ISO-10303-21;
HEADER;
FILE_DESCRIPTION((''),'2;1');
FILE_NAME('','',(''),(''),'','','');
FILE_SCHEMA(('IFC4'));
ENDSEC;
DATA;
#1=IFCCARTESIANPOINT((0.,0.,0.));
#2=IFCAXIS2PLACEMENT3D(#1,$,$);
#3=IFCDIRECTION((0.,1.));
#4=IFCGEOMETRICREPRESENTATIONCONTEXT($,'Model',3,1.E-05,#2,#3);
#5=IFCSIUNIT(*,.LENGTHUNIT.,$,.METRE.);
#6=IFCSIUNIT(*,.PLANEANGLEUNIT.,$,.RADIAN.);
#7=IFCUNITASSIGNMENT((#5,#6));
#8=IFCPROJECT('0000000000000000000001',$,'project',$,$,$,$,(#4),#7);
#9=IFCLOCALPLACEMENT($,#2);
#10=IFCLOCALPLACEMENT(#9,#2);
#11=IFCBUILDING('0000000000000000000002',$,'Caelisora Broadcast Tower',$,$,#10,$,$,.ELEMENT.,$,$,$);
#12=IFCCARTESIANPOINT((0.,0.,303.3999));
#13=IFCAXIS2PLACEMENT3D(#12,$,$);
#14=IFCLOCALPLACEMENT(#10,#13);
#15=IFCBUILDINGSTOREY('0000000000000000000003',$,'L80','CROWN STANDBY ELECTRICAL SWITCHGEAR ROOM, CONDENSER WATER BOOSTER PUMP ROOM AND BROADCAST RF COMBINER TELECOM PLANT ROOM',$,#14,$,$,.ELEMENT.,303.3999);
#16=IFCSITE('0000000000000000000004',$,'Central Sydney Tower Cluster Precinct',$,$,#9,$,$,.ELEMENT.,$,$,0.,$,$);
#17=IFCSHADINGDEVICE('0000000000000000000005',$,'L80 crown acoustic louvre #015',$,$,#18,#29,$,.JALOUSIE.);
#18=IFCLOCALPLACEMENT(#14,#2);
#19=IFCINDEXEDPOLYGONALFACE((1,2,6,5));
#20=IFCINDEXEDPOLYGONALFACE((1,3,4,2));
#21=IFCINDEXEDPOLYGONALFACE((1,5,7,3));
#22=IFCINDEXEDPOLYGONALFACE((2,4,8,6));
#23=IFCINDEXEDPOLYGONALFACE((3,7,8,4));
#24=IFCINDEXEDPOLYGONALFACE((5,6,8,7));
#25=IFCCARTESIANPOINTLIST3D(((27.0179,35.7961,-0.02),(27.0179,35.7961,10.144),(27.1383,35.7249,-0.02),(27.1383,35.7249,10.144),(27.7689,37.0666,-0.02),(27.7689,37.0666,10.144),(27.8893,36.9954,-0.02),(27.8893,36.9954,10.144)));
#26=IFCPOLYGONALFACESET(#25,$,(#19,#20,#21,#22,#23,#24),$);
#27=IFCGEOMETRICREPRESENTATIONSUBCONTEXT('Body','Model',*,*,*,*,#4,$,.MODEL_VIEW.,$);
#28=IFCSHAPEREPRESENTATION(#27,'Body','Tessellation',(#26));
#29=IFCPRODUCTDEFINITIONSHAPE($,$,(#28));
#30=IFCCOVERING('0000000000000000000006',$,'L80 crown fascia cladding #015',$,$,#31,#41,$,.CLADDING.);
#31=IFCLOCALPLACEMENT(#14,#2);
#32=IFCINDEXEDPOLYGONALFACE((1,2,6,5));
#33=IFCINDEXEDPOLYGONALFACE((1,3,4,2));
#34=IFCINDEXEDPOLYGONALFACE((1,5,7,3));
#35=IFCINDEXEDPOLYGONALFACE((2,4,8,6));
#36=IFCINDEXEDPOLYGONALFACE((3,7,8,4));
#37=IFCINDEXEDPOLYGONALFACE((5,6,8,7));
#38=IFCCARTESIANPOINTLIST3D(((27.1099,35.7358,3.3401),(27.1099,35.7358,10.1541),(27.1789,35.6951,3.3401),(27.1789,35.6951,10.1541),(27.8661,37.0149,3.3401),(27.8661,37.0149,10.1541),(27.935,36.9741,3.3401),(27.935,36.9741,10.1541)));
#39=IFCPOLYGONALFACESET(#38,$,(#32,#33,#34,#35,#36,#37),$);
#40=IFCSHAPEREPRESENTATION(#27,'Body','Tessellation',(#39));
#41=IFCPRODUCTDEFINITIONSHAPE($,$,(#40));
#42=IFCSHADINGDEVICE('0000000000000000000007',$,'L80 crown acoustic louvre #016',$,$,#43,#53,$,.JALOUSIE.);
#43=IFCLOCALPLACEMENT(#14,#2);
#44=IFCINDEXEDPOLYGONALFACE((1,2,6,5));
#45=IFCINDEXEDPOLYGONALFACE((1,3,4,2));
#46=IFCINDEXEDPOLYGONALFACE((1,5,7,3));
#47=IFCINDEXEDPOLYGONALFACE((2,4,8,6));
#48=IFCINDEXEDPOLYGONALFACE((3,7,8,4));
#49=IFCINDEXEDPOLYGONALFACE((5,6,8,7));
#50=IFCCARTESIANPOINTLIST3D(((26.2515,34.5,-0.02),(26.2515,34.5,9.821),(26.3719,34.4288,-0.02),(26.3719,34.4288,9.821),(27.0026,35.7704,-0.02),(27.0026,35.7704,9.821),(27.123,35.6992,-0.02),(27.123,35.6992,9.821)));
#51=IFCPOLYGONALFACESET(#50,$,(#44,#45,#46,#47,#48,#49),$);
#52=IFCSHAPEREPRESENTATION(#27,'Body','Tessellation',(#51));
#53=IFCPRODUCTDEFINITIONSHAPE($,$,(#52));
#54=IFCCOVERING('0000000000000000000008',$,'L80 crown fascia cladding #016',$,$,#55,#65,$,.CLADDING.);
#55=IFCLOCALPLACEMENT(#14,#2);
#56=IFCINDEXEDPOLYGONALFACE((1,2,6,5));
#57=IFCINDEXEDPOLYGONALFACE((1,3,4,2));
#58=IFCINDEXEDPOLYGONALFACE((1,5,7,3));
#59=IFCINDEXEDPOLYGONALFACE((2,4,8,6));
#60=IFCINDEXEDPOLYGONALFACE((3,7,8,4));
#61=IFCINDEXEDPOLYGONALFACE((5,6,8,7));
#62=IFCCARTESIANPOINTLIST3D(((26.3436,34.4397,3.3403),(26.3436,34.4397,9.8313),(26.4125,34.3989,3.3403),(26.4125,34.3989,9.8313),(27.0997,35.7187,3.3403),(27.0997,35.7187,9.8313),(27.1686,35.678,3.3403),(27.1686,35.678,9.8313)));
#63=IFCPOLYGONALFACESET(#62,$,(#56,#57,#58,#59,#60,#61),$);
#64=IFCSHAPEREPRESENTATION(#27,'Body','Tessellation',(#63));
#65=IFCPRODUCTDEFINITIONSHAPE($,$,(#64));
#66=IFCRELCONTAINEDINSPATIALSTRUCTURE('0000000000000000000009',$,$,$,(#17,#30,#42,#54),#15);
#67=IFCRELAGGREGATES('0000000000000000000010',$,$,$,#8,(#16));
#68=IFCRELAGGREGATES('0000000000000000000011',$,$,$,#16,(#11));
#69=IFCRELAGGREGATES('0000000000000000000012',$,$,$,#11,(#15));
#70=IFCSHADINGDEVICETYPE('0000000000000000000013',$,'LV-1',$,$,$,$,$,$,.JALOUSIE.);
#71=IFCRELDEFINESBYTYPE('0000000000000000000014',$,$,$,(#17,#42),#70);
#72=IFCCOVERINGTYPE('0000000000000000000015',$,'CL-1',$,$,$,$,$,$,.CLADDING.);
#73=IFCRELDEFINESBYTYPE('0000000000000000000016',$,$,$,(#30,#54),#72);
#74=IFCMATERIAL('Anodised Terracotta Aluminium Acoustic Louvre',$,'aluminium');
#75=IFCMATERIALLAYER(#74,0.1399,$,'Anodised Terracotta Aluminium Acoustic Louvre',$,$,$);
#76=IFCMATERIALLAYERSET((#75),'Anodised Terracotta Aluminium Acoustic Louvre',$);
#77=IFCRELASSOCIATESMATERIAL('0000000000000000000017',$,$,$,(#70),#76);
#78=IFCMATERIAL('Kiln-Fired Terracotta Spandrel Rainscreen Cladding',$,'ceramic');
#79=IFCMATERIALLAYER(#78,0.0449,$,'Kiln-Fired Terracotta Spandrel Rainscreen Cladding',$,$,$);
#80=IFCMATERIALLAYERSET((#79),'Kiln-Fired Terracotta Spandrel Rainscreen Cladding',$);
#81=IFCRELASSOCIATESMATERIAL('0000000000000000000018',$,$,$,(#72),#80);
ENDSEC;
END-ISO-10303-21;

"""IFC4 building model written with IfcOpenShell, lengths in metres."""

from ifc_helpers import new_model, si_unit, direction, frame, origin, origin_2d, place, context, subcontext, project, spatial, rectangle, extrude, source, transform, mapped, material, layer, layer_set, type_object, element, save


model = new_model("IFC4")

# Units and contexts
model_context = context("Model", 3, precision=1e-05, world=origin(), true_north=direction((0.0, 1.0)))
body_context = subcontext(model_context, "Body", "Model", "MODEL_VIEW")
ifc_project = project(units=[si_unit("LENGTHUNIT", "METRE"), si_unit("PLANEANGLEUNIT", "RADIAN")], contexts=[model_context])

# Site, building, storey
site_placement = place(None, origin())
site = spatial("IfcSite", under=ifc_project, at=site_placement, Name="Central Sydney Tower Cluster Precinct", CompositionType="ELEMENT", RefElevation=0.0)
building_placement = place(site_placement, origin())
building = spatial("IfcBuilding", under=site, at=building_placement, Name="Caelisora Broadcast Tower", CompositionType="ELEMENT")
storey_placement = place(building_placement, frame((0.0, 0.0, 303.3999)))
storey = spatial("IfcBuildingStorey", under=building, at=storey_placement, Name="L80", Description="CROWN STANDBY ELECTRICAL SWITCHGEAR ROOM, CONDENSER WATER BOOSTER PUMP ROOM AND BROADCAST RF COMBINER TELECOM PLANT ROOM", CompositionType="ELEMENT", Elevation=303.3999)

# Shared definitions
ifc_material_1 = material(Name="Anodised Terracotta Aluminium Acoustic Louvre", Category="aluminium")
ifc_layer_1 = layer(ifc_material_1, 0.1399, Name="Anodised Terracotta Aluminium Acoustic Louvre")
ifc_layer_set_1 = layer_set([ifc_layer_1], Name="Anodised Terracotta Aluminium Acoustic Louvre")
shading_device_type = type_object("IfcShadingDeviceType", Name="LV-1", PredefinedType="JALOUSIE", material=ifc_layer_set_1)

# Shared definitions
ifc_material_2 = material(Name="Kiln-Fired Terracotta Spandrel Rainscreen Cladding", Category="ceramic")
ifc_layer_2 = layer(ifc_material_2, 0.0449, Name="Kiln-Fired Terracotta Spandrel Rainscreen Cladding")
ifc_layer_set_2 = layer_set([ifc_layer_2], Name="Kiln-Fired Terracotta Spandrel Rainscreen Cladding")
covering_type = type_object("IfcCoveringType", Name="CL-1", PredefinedType="CLADDING", material=ifc_layer_set_2)

# Shading device
shared_shape_1 = source(origin(), body_context, "Body", "SweptSolid", [
    extrude(rectangle(XDim=1.4758, YDim=0.1399, at=origin_2d()), origin(), (0.0, 0.0, 1.0), 10.1641),
])
shading_device_1_placement = place(storey_placement, frame((27.4536, 36.3958, -0.02), z_axis=(0.0, 0.0, 1.0), x_axis=(-0.508891, -0.860831, 0.0)))
element("IfcShadingDevice", 1, at=shading_device_1_placement, inside=storey, type_object=shading_device_type, Name="L80 crown acoustic louvre #015", PredefinedType="JALOUSIE", context=body_context, shape_type="MappedRepresentation", body=[
    mapped(shared_shape_1, transform((0.0, 0.0, 0.0), scale=1.0)),
])

# Covering
shared_shape_2 = source(origin(), body_context, "Body", "SweptSolid", [
    extrude(rectangle(XDim=1.4858, YDim=0.0801, at=origin_2d()), origin(), (0.0, 0.0, 1.0), 6.814),
])
covering_1_placement = place(storey_placement, frame((27.5225, 36.355, 3.3401), z_axis=(0.0, 0.0, 1.0), x_axis=(-0.508891, -0.860831, 0.0)))
element("IfcCovering", 2, at=covering_1_placement, inside=storey, type_object=covering_type, Name="L80 crown fascia cladding #015", PredefinedType="CLADDING", context=body_context, shape_type="MappedRepresentation", body=[
    mapped(shared_shape_2, transform((0.0, 0.0, 0.0), scale=1.0)),
])

# Shading device
shared_shape_3 = source(origin(), body_context, "Body", "SweptSolid", [
    extrude(rectangle(XDim=1.4758, YDim=0.1399, at=origin_2d()), origin(), (0.0, 0.0, 1.0), 9.8411),
])
shading_device_2_placement = place(storey_placement, frame((26.6873, 35.0996, -0.02), z_axis=(0.0, 0.0, 1.0), x_axis=(-0.508891, -0.860831, 0.0)))
element("IfcShadingDevice", 3, at=shading_device_2_placement, inside=storey, type_object=shading_device_type, Name="L80 crown acoustic louvre #016", PredefinedType="JALOUSIE", context=body_context, shape_type="MappedRepresentation", body=[
    mapped(shared_shape_3, transform((0.0, 0.0, 0.0), scale=1.0)),
])

# Covering
shared_shape_4 = source(origin(), body_context, "Body", "SweptSolid", [
    extrude(rectangle(XDim=1.4858, YDim=0.0801, at=origin_2d()), origin(), (0.0, 0.0, 1.0), 6.491),
])
covering_2_placement = place(storey_placement, frame((26.7561, 35.0588, 3.3403), z_axis=(0.0, 0.0, 1.0), x_axis=(-0.508891, -0.860831, 0.0)))
element("IfcCovering", 4, at=covering_2_placement, inside=storey, type_object=covering_type, Name="L80 crown fascia cladding #016", PredefinedType="CLADDING", context=body_context, shape_type="MappedRepresentation", body=[
    mapped(shared_shape_4, transform((0.0, 0.0, 0.0), scale=1.0)),
])

save(model, "model.ifc")
